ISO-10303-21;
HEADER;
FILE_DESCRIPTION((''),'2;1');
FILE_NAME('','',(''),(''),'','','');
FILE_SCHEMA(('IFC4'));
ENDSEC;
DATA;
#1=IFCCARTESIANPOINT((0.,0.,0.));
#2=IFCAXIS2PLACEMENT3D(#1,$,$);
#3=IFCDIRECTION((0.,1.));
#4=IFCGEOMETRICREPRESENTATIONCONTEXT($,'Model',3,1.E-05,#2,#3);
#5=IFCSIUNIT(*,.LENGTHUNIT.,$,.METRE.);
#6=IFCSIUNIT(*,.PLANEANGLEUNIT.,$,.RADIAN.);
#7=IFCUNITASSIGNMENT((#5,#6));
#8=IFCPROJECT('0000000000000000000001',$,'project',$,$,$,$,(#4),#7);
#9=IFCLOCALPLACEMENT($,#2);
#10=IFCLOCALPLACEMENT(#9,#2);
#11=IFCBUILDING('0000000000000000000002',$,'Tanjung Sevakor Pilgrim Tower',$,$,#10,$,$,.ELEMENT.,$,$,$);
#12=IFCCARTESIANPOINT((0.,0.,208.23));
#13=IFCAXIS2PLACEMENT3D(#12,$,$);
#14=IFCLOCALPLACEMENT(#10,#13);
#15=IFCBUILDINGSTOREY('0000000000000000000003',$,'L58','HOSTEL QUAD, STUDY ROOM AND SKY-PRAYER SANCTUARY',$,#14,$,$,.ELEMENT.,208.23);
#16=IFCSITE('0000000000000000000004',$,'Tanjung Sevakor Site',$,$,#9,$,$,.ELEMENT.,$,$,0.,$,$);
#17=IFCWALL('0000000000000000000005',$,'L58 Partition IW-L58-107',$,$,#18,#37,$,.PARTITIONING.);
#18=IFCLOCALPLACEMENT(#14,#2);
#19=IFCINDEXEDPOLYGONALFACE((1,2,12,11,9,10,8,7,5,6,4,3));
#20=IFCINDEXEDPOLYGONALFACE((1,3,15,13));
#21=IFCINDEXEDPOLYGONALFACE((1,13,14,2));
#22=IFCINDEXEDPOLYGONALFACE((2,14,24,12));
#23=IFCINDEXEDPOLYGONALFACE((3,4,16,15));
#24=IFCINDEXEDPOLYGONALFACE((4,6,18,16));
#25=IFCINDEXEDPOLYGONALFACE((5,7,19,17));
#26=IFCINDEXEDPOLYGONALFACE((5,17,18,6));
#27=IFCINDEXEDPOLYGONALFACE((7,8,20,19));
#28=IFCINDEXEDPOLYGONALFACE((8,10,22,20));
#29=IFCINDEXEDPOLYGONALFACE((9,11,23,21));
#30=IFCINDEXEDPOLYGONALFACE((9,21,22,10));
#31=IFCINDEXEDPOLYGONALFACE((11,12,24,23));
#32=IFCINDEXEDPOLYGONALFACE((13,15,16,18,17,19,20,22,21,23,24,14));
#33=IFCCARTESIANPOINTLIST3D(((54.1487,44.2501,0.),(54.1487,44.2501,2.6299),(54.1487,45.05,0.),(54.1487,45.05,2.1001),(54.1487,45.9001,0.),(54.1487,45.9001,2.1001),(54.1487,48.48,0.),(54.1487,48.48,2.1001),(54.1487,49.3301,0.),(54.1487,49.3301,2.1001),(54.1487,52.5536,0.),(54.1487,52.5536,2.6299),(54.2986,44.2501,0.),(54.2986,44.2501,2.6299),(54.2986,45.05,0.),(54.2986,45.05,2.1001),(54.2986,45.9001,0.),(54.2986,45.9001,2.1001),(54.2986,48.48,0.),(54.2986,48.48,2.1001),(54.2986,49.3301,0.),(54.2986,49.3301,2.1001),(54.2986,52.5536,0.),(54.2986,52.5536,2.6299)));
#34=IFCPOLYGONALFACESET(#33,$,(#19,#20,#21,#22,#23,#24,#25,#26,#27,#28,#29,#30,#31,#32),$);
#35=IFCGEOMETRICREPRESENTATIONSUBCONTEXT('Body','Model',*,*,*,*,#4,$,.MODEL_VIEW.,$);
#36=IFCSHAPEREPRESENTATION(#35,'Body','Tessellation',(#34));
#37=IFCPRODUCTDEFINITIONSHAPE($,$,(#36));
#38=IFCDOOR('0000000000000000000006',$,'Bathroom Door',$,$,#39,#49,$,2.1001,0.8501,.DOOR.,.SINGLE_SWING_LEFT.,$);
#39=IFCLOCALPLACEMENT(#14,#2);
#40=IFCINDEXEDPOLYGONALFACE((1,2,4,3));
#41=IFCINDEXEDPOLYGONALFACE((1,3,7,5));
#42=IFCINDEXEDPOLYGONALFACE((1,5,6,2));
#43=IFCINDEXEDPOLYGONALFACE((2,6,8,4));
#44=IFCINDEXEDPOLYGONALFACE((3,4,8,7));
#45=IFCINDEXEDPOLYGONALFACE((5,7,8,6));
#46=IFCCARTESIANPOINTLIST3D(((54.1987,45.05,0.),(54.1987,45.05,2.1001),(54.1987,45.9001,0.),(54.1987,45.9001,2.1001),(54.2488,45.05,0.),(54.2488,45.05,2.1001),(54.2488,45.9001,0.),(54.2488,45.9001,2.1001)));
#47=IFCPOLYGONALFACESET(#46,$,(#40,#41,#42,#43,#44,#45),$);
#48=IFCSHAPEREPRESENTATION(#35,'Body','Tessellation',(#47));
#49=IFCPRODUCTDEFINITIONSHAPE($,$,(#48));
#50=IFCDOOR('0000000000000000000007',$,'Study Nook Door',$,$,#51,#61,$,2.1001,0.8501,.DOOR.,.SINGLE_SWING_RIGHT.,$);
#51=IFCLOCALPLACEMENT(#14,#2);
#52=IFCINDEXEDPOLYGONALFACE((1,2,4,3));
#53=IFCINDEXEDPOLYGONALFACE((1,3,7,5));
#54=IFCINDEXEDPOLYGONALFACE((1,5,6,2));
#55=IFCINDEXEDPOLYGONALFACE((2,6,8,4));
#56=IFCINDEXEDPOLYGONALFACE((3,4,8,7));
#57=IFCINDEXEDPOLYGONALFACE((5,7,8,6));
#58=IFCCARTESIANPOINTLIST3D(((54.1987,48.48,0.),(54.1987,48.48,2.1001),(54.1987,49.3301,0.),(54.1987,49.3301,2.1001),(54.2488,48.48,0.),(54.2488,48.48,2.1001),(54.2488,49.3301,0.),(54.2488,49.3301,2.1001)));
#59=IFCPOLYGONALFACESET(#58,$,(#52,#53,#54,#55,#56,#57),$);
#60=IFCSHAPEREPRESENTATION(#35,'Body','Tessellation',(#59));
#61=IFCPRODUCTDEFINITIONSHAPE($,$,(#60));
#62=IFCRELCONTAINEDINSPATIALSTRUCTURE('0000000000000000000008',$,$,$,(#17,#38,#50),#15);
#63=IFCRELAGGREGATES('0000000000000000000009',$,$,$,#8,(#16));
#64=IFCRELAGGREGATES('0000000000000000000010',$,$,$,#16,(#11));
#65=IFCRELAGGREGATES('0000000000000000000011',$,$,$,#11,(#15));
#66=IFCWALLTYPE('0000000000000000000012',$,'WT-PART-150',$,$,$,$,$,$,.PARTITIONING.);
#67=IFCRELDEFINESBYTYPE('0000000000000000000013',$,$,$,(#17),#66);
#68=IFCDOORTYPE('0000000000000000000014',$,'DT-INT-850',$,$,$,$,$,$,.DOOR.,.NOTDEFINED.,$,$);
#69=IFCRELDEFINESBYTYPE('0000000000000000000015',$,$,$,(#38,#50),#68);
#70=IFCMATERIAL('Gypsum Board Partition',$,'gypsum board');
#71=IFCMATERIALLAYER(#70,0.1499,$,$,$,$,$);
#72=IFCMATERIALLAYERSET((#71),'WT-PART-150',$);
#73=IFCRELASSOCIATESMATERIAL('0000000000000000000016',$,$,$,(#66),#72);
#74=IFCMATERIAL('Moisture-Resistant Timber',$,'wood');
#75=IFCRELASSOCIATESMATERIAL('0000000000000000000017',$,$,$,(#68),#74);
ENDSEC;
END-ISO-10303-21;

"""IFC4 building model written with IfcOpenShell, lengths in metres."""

from ifc_helpers import new_model, si_unit, direction, frame, frame_2d, origin, place, context, subcontext, project, spatial, rectangle, extrude, material, layer, layer_set, type_object, element, fill, save


model = new_model("IFC4")

# Units and contexts
model_context = context("Model", 3, precision=1e-05, world=origin(), true_north=direction((0.0, 1.0)))
body_context = subcontext(model_context, "Body", "Model", "MODEL_VIEW")
ifc_project = project(units=[si_unit("LENGTHUNIT", "METRE"), si_unit("PLANEANGLEUNIT", "RADIAN")], contexts=[model_context])

# Site, building, storey
site_placement = place(None, origin())
site = spatial("IfcSite", under=ifc_project, at=site_placement, Name="Tanjung Sevakor Site", CompositionType="ELEMENT", RefElevation=0.0)
building_placement = place(site_placement, origin())
building = spatial("IfcBuilding", under=site, at=building_placement, Name="Tanjung Sevakor Pilgrim Tower", CompositionType="ELEMENT")
storey_placement = place(building_placement, frame((0.0, 0.0, 208.23)))
storey = spatial("IfcBuildingStorey", under=building, at=storey_placement, Name="L58", Description="HOSTEL QUAD, STUDY ROOM AND SKY-PRAYER SANCTUARY", CompositionType="ELEMENT", Elevation=208.23)

# Shared definitions
ifc_material_1 = material(Name="Gypsum Board Partition", Category="gypsum board")
ifc_layer_1 = layer(ifc_material_1, 0.1499)
ifc_layer_set_1 = layer_set([ifc_layer_1], Name="WT-PART-150")
wall_type_1 = type_object("IfcWallType", Name="WT-PART-150", PredefinedType="PARTITIONING", material=ifc_layer_set_1)

# Wall, openings, doors
wall_1_placement = place(storey_placement, frame((54.2236, 44.25, 0.0), z_axis=(0.0, 0.0, 1.0), x_axis=(0.0, 1.0, 0.0)))
wall_1 = element("IfcWall", 1, at=wall_1_placement, inside=storey, type_object=wall_type_1, Name="L58 Partition IW-L58-107", PredefinedType="PARTITIONING", context=body_context, shape_type="SweptSolid", body=[
    extrude(rectangle(XDim=8.3035, YDim=0.1499, at=frame_2d((4.1519, 0.0))), origin(), (0.0, 0.0, 1.0), 2.6299),
])
opening_1_placement = place(wall_1_placement, frame((0.8, 0.0, 0.0)))
opening_1 = element("IfcOpeningElement", 2, at=opening_1_placement, cuts=wall_1, PredefinedType="OPENING", context=body_context, shape_type="SweptSolid", body=[
    extrude(rectangle(XDim=0.8501, YDim=2.1001, at=frame_2d((0.425, 1.05))), frame((0.0, 0.085, 0.0), z_axis=(0.0, -1.0, 0.0), x_axis=(1.0, 0.0, 0.0)), (0.0, 0.0, 1.0), 0.1699),
])
opening_2_placement = place(wall_1_placement, frame((4.23, 0.0, 0.0)))
opening_2 = element("IfcOpeningElement", 3, at=opening_2_placement, cuts=wall_1, PredefinedType="OPENING", context=body_context, shape_type="SweptSolid", body=[
    extrude(rectangle(XDim=0.8501, YDim=2.1001, at=frame_2d((0.425, 1.05))), frame((0.0, 0.085, 0.0), z_axis=(0.0, -1.0, 0.0), x_axis=(1.0, 0.0, 0.0)), (0.0, 0.0, 1.0), 0.1699),
])
ifc_material_2 = material(Name="Moisture-Resistant Timber", Category="wood")
door_type_1 = type_object("IfcDoorType", Name="DT-INT-850", OperationType="NOTDEFINED", PredefinedType="DOOR", material=ifc_material_2)
door_1_placement = place(opening_1_placement, origin())
door_1 = element("IfcDoor", 4, at=door_1_placement, inside=storey, type_object=door_type_1, Name="Bathroom Door", OperationType="SINGLE_SWING_LEFT", OverallHeight=2.1001, OverallWidth=0.8501, PredefinedType="DOOR", context=body_context, shape_type="SweptSolid", body=[
    extrude(rectangle(XDim=0.8501, YDim=2.1001, at=frame_2d((0.425, 1.05))), frame((0.0, 0.0249, 0.0), z_axis=(0.0, -1.0, 0.0), x_axis=(1.0, 0.0, 0.0)), (0.0, 0.0, 1.0), 0.05),
])
fill(opening_1, door_1)
door_2_placement = place(opening_2_placement, origin())
door_2 = element("IfcDoor", 5, at=door_2_placement, inside=storey, type_object=door_type_1, Name="Study Nook Door", OperationType="SINGLE_SWING_RIGHT", OverallHeight=2.1001, OverallWidth=0.8501, PredefinedType="DOOR", context=body_context, shape_type="SweptSolid", body=[
    extrude(rectangle(XDim=0.8501, YDim=2.1001, at=frame_2d((0.425, 1.05))), frame((0.0, 0.0249, 0.0), z_axis=(0.0, -1.0, 0.0), x_axis=(1.0, 0.0, 0.0)), (0.0, 0.0, 1.0), 0.05),
])
fill(opening_2, door_2)

save(model, "model.ifc")
